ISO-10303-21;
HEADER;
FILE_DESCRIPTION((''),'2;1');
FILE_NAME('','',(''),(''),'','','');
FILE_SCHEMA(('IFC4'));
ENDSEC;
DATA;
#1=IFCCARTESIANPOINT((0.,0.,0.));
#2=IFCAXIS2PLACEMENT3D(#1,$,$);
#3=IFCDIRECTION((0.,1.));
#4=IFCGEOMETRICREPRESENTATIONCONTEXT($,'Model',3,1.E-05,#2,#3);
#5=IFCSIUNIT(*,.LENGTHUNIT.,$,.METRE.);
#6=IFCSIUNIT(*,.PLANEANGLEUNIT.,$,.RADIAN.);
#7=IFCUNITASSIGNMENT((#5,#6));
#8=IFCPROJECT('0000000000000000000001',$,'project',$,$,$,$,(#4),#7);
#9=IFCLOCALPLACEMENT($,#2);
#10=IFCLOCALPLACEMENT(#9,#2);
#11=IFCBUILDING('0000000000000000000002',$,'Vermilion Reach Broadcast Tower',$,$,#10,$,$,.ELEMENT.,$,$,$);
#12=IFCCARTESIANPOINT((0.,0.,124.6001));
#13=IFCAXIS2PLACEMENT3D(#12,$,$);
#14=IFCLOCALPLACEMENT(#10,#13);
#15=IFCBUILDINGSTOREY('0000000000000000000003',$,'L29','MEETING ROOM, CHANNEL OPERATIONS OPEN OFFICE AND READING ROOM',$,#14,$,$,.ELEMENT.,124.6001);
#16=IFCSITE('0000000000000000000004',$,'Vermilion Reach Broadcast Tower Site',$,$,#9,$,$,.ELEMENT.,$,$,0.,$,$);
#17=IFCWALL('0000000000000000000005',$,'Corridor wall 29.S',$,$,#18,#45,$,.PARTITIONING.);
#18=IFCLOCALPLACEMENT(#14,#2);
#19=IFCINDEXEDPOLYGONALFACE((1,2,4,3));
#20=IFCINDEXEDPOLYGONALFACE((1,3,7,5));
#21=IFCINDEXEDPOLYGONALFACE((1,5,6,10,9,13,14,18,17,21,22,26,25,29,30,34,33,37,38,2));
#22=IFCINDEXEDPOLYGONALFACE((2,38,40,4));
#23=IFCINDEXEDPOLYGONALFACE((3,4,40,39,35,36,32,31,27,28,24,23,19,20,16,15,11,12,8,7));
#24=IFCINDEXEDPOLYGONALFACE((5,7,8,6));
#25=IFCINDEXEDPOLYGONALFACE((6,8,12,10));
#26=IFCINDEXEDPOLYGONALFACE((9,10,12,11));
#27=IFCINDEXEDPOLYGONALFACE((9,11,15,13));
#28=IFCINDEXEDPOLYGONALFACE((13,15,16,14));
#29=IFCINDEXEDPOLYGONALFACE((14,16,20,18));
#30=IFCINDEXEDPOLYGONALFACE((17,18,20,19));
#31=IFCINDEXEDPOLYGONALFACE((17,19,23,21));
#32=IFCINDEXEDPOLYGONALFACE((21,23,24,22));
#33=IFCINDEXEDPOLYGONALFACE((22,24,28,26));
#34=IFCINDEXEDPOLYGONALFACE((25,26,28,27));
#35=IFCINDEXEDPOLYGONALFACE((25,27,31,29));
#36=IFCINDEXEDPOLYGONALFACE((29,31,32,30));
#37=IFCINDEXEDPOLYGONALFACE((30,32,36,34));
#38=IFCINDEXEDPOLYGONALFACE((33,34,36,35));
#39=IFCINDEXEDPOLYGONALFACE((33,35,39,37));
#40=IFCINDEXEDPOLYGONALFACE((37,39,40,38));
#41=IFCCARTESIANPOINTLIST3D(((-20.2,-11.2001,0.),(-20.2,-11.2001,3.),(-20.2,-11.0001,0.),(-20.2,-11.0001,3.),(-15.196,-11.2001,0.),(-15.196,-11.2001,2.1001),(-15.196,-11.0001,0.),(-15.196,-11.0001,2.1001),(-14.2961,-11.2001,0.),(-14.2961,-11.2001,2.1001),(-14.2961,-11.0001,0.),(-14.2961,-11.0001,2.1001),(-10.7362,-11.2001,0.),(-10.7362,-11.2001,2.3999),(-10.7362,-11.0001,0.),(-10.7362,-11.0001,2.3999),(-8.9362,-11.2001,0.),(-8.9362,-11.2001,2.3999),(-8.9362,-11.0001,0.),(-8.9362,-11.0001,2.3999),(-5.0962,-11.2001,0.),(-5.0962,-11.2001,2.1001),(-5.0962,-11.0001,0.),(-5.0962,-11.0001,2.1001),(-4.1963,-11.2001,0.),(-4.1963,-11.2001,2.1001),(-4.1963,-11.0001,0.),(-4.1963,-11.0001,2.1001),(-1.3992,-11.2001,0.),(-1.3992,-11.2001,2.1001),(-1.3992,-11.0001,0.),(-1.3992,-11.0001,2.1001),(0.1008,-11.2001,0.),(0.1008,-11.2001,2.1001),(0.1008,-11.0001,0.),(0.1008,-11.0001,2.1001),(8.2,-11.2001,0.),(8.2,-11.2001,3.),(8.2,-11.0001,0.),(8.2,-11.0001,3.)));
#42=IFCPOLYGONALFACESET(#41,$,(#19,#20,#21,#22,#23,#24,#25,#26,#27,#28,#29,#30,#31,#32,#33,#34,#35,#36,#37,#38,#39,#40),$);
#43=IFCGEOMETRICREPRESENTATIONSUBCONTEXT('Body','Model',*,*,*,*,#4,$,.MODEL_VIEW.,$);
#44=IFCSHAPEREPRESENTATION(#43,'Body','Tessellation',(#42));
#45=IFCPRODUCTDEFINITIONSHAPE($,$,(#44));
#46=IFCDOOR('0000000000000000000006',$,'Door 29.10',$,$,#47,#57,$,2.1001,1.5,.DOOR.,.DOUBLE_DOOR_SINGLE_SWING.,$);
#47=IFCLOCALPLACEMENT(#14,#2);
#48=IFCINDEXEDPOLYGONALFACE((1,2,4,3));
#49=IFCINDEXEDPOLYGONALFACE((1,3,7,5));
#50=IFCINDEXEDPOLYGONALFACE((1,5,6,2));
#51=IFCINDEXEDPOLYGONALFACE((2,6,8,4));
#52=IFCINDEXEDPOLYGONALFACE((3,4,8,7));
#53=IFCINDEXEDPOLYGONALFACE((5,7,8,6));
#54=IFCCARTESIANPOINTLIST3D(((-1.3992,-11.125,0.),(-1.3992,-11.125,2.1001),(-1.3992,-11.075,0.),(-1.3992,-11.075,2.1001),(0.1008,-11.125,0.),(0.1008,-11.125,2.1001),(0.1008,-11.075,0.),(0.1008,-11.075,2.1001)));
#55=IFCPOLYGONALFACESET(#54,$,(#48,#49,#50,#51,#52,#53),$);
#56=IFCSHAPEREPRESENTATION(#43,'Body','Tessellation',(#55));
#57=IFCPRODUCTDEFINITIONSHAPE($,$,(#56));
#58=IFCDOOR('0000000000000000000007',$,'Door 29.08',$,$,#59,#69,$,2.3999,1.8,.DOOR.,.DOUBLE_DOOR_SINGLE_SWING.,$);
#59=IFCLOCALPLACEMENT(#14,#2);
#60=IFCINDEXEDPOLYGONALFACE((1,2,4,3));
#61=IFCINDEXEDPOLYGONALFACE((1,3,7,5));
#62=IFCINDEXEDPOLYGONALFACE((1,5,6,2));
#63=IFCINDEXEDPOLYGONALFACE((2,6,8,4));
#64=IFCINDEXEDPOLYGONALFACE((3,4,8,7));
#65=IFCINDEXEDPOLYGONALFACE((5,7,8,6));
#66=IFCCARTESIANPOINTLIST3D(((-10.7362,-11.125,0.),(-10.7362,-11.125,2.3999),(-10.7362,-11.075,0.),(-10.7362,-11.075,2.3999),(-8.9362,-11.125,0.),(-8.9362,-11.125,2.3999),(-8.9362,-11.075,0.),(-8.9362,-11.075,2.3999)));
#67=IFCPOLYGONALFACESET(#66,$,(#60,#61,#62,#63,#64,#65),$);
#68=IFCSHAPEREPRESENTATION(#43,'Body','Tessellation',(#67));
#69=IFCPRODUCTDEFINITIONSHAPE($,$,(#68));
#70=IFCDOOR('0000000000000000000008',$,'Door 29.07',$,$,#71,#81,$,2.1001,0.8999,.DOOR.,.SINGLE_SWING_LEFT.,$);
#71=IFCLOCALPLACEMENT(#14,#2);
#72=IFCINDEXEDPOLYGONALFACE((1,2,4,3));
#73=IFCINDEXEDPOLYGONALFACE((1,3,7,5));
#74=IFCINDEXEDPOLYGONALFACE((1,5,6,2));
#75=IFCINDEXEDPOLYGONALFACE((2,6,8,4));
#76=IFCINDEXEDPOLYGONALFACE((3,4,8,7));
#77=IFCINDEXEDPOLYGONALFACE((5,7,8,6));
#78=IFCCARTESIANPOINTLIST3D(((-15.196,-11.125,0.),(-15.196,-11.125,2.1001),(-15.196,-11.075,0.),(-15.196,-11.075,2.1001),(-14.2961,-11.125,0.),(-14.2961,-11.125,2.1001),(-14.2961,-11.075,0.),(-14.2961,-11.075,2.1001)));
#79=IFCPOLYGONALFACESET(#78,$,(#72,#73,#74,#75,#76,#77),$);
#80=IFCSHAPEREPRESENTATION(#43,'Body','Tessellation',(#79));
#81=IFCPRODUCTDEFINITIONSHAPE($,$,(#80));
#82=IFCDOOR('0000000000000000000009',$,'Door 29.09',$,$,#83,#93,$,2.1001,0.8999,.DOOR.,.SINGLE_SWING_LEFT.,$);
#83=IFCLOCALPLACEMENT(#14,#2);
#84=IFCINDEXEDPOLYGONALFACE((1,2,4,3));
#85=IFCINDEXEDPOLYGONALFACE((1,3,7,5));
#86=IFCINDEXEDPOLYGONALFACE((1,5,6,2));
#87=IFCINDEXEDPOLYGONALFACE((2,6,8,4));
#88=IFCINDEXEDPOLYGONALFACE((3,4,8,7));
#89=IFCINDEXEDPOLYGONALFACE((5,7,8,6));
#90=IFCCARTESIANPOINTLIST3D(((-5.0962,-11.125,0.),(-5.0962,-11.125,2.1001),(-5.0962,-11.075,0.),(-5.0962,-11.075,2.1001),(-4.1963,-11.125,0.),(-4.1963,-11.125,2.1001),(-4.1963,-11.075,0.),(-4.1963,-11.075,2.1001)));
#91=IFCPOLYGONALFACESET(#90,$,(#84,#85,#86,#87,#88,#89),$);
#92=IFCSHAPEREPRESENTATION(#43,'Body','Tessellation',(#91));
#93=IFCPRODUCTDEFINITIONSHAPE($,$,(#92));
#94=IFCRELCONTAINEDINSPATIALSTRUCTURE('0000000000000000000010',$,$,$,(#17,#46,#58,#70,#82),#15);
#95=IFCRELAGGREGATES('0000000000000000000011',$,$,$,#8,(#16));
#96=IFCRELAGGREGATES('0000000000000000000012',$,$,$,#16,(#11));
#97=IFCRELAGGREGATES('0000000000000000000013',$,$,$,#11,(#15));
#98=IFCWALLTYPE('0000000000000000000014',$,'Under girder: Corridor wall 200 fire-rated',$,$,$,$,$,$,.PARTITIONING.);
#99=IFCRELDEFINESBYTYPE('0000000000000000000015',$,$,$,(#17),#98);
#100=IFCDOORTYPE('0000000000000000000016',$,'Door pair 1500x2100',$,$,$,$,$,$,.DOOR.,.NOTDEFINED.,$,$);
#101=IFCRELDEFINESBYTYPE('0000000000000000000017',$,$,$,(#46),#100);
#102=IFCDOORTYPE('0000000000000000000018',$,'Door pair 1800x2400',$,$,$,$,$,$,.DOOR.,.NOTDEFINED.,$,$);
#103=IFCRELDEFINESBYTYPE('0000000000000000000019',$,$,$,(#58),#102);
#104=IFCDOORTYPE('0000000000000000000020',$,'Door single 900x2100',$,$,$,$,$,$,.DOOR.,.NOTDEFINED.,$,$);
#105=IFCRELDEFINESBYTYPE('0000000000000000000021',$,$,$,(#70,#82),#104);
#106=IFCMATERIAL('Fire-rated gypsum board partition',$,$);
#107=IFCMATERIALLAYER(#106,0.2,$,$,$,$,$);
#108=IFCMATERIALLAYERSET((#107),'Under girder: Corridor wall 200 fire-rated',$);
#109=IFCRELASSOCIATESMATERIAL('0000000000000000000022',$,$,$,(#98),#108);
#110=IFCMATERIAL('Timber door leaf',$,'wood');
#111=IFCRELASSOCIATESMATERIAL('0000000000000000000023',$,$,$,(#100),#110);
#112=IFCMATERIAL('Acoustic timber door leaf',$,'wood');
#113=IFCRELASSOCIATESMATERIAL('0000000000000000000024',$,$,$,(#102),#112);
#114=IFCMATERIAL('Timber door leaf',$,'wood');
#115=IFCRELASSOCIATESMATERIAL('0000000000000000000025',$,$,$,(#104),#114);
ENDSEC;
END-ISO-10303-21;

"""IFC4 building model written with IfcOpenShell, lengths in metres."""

from ifc_helpers import new_model, si_unit, direction, frame, frame_2d, origin, place, context, subcontext, project, spatial, rectangle, extrude, material, layer, layer_set, type_object, element, fill, save


model = new_model("IFC4")

# Units and contexts
model_context = context("Model", 3, precision=1e-05, world=origin(), true_north=direction((0.0, 1.0)))
body_context = subcontext(model_context, "Body", "Model", "MODEL_VIEW")
ifc_project = project(units=[si_unit("LENGTHUNIT", "METRE"), si_unit("PLANEANGLEUNIT", "RADIAN")], contexts=[model_context])

# Site, building, storey
site_placement = place(None, origin())
site = spatial("IfcSite", under=ifc_project, at=site_placement, Name="Vermilion Reach Broadcast Tower Site", CompositionType="ELEMENT", RefElevation=0.0)
building_placement = place(site_placement, origin())
building = spatial("IfcBuilding", under=site, at=building_placement, Name="Vermilion Reach Broadcast Tower", CompositionType="ELEMENT")
storey_placement = place(building_placement, frame((0.0, 0.0, 124.6001)))
storey = spatial("IfcBuildingStorey", under=building, at=storey_placement, Name="L29", Description="MEETING ROOM, CHANNEL OPERATIONS OPEN OFFICE AND READING ROOM", CompositionType="ELEMENT", Elevation=124.6001)

# Wall, openings, doors
ifc_material_1 = material(Name="Fire-rated gypsum board partition")
ifc_layer_1 = layer(ifc_material_1, 0.2)
ifc_layer_set_1 = layer_set([ifc_layer_1], Name="Under girder: Corridor wall 200 fire-rated")
wall_type_1 = type_object("IfcWallType", Name="Under girder: Corridor wall 200 fire-rated", PredefinedType="PARTITIONING", material=ifc_layer_set_1)
wall_1_placement = place(storey_placement, frame((8.2, -11.1001, 0.0), z_axis=(0.0, 0.0, 1.0), x_axis=(-1.0, 0.0, 0.0)))
wall_1 = element("IfcWall", 1, at=wall_1_placement, inside=storey, type_object=wall_type_1, Name="Corridor wall 29.S", PredefinedType="PARTITIONING", context=body_context, shape_type="SweptSolid", body=[
    extrude(rectangle(XDim=28.3999, YDim=0.2, at=frame_2d((14.2, 0.0))), origin(), (0.0, 0.0, 1.0), 3.0),
])
opening_1_placement = place(wall_1_placement, frame((22.4961, 0.0, 0.0)))
opening_1 = element("IfcOpeningElement", 2, at=opening_1_placement, cuts=wall_1, PredefinedType="OPENING", context=body_context, shape_type="SweptSolid", body=[
    extrude(rectangle(XDim=0.8999, YDim=2.1001, at=frame_2d((0.45, 1.05))), frame((0.0, 0.1099, 0.0), z_axis=(0.0, -1.0, 0.0), x_axis=(1.0, 0.0, 0.0)), (0.0, 0.0, 1.0), 0.22),
])
opening_2_placement = place(wall_1_placement, frame((17.1362, 0.0, 0.0)))
opening_2 = element("IfcOpeningElement", 3, at=opening_2_placement, cuts=wall_1, PredefinedType="OPENING", context=body_context, shape_type="SweptSolid", body=[
    extrude(rectangle(XDim=1.8, YDim=2.3999, at=frame_2d((0.8999, 1.2))), frame((0.0, 0.1099, 0.0), z_axis=(0.0, -1.0, 0.0), x_axis=(1.0, 0.0, 0.0)), (0.0, 0.0, 1.0), 0.22),
])
opening_3_placement = place(wall_1_placement, frame((12.3962, 0.0, 0.0)))
opening_3 = element("IfcOpeningElement", 4, at=opening_3_placement, cuts=wall_1, PredefinedType="OPENING", context=body_context, shape_type="SweptSolid", body=[
    extrude(rectangle(XDim=0.8999, YDim=2.1001, at=frame_2d((0.45, 1.05))), frame((0.0, 0.1099, 0.0), z_axis=(0.0, -1.0, 0.0), x_axis=(1.0, 0.0, 0.0)), (0.0, 0.0, 1.0), 0.22),
])
opening_4_placement = place(wall_1_placement, frame((8.0991, 0.0, 0.0)))
opening_4 = element("IfcOpeningElement", 5, at=opening_4_placement, cuts=wall_1, PredefinedType="OPENING", context=body_context, shape_type="SweptSolid", body=[
    extrude(rectangle(XDim=1.5, YDim=2.1001, at=frame_2d((0.75, 1.05))), frame((0.0, 0.1099, 0.0), z_axis=(0.0, -1.0, 0.0), x_axis=(1.0, 0.0, 0.0)), (0.0, 0.0, 1.0), 0.22),
])
ifc_material_2 = material(Name="Timber door leaf", Category="wood")
door_type_1 = type_object("IfcDoorType", Name="Door pair 1500x2100", OperationType="NOTDEFINED", PredefinedType="DOOR", material=ifc_material_2)
door_1_placement = place(opening_4_placement, origin())
door_1 = element("IfcDoor", 6, at=door_1_placement, inside=storey, type_object=door_type_1, Name="Door 29.10", OperationType="DOUBLE_DOOR_SINGLE_SWING", OverallHeight=2.1001, OverallWidth=1.5, PredefinedType="DOOR", context=body_context, shape_type="SweptSolid", body=[
    extrude(rectangle(XDim=1.5, YDim=2.1001, at=frame_2d((0.75, 1.05))), frame((0.0, 0.0249, 0.0), z_axis=(0.0, -1.0, 0.0), x_axis=(1.0, 0.0, 0.0)), (0.0, 0.0, 1.0), 0.05),
])
fill(opening_4, door_1)
ifc_material_3 = material(Name="Acoustic timber door leaf", Category="wood")
door_type_2 = type_object("IfcDoorType", Name="Door pair 1800x2400", OperationType="NOTDEFINED", PredefinedType="DOOR", material=ifc_material_3)
door_2_placement = place(opening_2_placement, origin())
door_2 = element("IfcDoor", 7, at=door_2_placement, inside=storey, type_object=door_type_2, Name="Door 29.08", OperationType="DOUBLE_DOOR_SINGLE_SWING", OverallHeight=2.3999, OverallWidth=1.8, PredefinedType="DOOR", context=body_context, shape_type="SweptSolid", body=[
    extrude(rectangle(XDim=1.8, YDim=2.3999, at=frame_2d((0.8999, 1.2))), frame((0.0, 0.0249, 0.0), z_axis=(0.0, -1.0, 0.0), x_axis=(1.0, 0.0, 0.0)), (0.0, 0.0, 1.0), 0.05),
])
fill(opening_2, door_2)
ifc_material_4 = material(Name="Timber door leaf", Category="wood")
door_type_3 = type_object("IfcDoorType", Name="Door single 900x2100", OperationType="NOTDEFINED", PredefinedType="DOOR", material=ifc_material_4)
door_3_placement = place(opening_1_placement, origin())
door_3 = element("IfcDoor", 8, at=door_3_placement, inside=storey, type_object=door_type_3, Name="Door 29.07", OperationType="SINGLE_SWING_LEFT", OverallHeight=2.1001, OverallWidth=0.8999, PredefinedType="DOOR", context=body_context, shape_type="SweptSolid", body=[
    extrude(rectangle(XDim=0.8999, YDim=2.1001, at=frame_2d((0.45, 1.05))), frame((0.0, 0.0249, 0.0), z_axis=(0.0, -1.0, 0.0), x_axis=(1.0, 0.0, 0.0)), (0.0, 0.0, 1.0), 0.05),
])
fill(opening_1, door_3)
door_4_placement = place(opening_3_placement, origin())
door_4 = element("IfcDoor", 9, at=door_4_placement, inside=storey, type_object=door_type_3, Name="Door 29.09", OperationType="SINGLE_SWING_LEFT", OverallHeight=2.1001, OverallWidth=0.8999, PredefinedType="DOOR", context=body_context, shape_type="SweptSolid", body=[
    extrude(rectangle(XDim=0.8999, YDim=2.1001, at=frame_2d((0.45, 1.05))), frame((0.0, 0.0249, 0.0), z_axis=(0.0, -1.0, 0.0), x_axis=(1.0, 0.0, 0.0)), (0.0, 0.0, 1.0), 0.05),
])
fill(opening_3, door_4)

save(model, "model.ifc")
